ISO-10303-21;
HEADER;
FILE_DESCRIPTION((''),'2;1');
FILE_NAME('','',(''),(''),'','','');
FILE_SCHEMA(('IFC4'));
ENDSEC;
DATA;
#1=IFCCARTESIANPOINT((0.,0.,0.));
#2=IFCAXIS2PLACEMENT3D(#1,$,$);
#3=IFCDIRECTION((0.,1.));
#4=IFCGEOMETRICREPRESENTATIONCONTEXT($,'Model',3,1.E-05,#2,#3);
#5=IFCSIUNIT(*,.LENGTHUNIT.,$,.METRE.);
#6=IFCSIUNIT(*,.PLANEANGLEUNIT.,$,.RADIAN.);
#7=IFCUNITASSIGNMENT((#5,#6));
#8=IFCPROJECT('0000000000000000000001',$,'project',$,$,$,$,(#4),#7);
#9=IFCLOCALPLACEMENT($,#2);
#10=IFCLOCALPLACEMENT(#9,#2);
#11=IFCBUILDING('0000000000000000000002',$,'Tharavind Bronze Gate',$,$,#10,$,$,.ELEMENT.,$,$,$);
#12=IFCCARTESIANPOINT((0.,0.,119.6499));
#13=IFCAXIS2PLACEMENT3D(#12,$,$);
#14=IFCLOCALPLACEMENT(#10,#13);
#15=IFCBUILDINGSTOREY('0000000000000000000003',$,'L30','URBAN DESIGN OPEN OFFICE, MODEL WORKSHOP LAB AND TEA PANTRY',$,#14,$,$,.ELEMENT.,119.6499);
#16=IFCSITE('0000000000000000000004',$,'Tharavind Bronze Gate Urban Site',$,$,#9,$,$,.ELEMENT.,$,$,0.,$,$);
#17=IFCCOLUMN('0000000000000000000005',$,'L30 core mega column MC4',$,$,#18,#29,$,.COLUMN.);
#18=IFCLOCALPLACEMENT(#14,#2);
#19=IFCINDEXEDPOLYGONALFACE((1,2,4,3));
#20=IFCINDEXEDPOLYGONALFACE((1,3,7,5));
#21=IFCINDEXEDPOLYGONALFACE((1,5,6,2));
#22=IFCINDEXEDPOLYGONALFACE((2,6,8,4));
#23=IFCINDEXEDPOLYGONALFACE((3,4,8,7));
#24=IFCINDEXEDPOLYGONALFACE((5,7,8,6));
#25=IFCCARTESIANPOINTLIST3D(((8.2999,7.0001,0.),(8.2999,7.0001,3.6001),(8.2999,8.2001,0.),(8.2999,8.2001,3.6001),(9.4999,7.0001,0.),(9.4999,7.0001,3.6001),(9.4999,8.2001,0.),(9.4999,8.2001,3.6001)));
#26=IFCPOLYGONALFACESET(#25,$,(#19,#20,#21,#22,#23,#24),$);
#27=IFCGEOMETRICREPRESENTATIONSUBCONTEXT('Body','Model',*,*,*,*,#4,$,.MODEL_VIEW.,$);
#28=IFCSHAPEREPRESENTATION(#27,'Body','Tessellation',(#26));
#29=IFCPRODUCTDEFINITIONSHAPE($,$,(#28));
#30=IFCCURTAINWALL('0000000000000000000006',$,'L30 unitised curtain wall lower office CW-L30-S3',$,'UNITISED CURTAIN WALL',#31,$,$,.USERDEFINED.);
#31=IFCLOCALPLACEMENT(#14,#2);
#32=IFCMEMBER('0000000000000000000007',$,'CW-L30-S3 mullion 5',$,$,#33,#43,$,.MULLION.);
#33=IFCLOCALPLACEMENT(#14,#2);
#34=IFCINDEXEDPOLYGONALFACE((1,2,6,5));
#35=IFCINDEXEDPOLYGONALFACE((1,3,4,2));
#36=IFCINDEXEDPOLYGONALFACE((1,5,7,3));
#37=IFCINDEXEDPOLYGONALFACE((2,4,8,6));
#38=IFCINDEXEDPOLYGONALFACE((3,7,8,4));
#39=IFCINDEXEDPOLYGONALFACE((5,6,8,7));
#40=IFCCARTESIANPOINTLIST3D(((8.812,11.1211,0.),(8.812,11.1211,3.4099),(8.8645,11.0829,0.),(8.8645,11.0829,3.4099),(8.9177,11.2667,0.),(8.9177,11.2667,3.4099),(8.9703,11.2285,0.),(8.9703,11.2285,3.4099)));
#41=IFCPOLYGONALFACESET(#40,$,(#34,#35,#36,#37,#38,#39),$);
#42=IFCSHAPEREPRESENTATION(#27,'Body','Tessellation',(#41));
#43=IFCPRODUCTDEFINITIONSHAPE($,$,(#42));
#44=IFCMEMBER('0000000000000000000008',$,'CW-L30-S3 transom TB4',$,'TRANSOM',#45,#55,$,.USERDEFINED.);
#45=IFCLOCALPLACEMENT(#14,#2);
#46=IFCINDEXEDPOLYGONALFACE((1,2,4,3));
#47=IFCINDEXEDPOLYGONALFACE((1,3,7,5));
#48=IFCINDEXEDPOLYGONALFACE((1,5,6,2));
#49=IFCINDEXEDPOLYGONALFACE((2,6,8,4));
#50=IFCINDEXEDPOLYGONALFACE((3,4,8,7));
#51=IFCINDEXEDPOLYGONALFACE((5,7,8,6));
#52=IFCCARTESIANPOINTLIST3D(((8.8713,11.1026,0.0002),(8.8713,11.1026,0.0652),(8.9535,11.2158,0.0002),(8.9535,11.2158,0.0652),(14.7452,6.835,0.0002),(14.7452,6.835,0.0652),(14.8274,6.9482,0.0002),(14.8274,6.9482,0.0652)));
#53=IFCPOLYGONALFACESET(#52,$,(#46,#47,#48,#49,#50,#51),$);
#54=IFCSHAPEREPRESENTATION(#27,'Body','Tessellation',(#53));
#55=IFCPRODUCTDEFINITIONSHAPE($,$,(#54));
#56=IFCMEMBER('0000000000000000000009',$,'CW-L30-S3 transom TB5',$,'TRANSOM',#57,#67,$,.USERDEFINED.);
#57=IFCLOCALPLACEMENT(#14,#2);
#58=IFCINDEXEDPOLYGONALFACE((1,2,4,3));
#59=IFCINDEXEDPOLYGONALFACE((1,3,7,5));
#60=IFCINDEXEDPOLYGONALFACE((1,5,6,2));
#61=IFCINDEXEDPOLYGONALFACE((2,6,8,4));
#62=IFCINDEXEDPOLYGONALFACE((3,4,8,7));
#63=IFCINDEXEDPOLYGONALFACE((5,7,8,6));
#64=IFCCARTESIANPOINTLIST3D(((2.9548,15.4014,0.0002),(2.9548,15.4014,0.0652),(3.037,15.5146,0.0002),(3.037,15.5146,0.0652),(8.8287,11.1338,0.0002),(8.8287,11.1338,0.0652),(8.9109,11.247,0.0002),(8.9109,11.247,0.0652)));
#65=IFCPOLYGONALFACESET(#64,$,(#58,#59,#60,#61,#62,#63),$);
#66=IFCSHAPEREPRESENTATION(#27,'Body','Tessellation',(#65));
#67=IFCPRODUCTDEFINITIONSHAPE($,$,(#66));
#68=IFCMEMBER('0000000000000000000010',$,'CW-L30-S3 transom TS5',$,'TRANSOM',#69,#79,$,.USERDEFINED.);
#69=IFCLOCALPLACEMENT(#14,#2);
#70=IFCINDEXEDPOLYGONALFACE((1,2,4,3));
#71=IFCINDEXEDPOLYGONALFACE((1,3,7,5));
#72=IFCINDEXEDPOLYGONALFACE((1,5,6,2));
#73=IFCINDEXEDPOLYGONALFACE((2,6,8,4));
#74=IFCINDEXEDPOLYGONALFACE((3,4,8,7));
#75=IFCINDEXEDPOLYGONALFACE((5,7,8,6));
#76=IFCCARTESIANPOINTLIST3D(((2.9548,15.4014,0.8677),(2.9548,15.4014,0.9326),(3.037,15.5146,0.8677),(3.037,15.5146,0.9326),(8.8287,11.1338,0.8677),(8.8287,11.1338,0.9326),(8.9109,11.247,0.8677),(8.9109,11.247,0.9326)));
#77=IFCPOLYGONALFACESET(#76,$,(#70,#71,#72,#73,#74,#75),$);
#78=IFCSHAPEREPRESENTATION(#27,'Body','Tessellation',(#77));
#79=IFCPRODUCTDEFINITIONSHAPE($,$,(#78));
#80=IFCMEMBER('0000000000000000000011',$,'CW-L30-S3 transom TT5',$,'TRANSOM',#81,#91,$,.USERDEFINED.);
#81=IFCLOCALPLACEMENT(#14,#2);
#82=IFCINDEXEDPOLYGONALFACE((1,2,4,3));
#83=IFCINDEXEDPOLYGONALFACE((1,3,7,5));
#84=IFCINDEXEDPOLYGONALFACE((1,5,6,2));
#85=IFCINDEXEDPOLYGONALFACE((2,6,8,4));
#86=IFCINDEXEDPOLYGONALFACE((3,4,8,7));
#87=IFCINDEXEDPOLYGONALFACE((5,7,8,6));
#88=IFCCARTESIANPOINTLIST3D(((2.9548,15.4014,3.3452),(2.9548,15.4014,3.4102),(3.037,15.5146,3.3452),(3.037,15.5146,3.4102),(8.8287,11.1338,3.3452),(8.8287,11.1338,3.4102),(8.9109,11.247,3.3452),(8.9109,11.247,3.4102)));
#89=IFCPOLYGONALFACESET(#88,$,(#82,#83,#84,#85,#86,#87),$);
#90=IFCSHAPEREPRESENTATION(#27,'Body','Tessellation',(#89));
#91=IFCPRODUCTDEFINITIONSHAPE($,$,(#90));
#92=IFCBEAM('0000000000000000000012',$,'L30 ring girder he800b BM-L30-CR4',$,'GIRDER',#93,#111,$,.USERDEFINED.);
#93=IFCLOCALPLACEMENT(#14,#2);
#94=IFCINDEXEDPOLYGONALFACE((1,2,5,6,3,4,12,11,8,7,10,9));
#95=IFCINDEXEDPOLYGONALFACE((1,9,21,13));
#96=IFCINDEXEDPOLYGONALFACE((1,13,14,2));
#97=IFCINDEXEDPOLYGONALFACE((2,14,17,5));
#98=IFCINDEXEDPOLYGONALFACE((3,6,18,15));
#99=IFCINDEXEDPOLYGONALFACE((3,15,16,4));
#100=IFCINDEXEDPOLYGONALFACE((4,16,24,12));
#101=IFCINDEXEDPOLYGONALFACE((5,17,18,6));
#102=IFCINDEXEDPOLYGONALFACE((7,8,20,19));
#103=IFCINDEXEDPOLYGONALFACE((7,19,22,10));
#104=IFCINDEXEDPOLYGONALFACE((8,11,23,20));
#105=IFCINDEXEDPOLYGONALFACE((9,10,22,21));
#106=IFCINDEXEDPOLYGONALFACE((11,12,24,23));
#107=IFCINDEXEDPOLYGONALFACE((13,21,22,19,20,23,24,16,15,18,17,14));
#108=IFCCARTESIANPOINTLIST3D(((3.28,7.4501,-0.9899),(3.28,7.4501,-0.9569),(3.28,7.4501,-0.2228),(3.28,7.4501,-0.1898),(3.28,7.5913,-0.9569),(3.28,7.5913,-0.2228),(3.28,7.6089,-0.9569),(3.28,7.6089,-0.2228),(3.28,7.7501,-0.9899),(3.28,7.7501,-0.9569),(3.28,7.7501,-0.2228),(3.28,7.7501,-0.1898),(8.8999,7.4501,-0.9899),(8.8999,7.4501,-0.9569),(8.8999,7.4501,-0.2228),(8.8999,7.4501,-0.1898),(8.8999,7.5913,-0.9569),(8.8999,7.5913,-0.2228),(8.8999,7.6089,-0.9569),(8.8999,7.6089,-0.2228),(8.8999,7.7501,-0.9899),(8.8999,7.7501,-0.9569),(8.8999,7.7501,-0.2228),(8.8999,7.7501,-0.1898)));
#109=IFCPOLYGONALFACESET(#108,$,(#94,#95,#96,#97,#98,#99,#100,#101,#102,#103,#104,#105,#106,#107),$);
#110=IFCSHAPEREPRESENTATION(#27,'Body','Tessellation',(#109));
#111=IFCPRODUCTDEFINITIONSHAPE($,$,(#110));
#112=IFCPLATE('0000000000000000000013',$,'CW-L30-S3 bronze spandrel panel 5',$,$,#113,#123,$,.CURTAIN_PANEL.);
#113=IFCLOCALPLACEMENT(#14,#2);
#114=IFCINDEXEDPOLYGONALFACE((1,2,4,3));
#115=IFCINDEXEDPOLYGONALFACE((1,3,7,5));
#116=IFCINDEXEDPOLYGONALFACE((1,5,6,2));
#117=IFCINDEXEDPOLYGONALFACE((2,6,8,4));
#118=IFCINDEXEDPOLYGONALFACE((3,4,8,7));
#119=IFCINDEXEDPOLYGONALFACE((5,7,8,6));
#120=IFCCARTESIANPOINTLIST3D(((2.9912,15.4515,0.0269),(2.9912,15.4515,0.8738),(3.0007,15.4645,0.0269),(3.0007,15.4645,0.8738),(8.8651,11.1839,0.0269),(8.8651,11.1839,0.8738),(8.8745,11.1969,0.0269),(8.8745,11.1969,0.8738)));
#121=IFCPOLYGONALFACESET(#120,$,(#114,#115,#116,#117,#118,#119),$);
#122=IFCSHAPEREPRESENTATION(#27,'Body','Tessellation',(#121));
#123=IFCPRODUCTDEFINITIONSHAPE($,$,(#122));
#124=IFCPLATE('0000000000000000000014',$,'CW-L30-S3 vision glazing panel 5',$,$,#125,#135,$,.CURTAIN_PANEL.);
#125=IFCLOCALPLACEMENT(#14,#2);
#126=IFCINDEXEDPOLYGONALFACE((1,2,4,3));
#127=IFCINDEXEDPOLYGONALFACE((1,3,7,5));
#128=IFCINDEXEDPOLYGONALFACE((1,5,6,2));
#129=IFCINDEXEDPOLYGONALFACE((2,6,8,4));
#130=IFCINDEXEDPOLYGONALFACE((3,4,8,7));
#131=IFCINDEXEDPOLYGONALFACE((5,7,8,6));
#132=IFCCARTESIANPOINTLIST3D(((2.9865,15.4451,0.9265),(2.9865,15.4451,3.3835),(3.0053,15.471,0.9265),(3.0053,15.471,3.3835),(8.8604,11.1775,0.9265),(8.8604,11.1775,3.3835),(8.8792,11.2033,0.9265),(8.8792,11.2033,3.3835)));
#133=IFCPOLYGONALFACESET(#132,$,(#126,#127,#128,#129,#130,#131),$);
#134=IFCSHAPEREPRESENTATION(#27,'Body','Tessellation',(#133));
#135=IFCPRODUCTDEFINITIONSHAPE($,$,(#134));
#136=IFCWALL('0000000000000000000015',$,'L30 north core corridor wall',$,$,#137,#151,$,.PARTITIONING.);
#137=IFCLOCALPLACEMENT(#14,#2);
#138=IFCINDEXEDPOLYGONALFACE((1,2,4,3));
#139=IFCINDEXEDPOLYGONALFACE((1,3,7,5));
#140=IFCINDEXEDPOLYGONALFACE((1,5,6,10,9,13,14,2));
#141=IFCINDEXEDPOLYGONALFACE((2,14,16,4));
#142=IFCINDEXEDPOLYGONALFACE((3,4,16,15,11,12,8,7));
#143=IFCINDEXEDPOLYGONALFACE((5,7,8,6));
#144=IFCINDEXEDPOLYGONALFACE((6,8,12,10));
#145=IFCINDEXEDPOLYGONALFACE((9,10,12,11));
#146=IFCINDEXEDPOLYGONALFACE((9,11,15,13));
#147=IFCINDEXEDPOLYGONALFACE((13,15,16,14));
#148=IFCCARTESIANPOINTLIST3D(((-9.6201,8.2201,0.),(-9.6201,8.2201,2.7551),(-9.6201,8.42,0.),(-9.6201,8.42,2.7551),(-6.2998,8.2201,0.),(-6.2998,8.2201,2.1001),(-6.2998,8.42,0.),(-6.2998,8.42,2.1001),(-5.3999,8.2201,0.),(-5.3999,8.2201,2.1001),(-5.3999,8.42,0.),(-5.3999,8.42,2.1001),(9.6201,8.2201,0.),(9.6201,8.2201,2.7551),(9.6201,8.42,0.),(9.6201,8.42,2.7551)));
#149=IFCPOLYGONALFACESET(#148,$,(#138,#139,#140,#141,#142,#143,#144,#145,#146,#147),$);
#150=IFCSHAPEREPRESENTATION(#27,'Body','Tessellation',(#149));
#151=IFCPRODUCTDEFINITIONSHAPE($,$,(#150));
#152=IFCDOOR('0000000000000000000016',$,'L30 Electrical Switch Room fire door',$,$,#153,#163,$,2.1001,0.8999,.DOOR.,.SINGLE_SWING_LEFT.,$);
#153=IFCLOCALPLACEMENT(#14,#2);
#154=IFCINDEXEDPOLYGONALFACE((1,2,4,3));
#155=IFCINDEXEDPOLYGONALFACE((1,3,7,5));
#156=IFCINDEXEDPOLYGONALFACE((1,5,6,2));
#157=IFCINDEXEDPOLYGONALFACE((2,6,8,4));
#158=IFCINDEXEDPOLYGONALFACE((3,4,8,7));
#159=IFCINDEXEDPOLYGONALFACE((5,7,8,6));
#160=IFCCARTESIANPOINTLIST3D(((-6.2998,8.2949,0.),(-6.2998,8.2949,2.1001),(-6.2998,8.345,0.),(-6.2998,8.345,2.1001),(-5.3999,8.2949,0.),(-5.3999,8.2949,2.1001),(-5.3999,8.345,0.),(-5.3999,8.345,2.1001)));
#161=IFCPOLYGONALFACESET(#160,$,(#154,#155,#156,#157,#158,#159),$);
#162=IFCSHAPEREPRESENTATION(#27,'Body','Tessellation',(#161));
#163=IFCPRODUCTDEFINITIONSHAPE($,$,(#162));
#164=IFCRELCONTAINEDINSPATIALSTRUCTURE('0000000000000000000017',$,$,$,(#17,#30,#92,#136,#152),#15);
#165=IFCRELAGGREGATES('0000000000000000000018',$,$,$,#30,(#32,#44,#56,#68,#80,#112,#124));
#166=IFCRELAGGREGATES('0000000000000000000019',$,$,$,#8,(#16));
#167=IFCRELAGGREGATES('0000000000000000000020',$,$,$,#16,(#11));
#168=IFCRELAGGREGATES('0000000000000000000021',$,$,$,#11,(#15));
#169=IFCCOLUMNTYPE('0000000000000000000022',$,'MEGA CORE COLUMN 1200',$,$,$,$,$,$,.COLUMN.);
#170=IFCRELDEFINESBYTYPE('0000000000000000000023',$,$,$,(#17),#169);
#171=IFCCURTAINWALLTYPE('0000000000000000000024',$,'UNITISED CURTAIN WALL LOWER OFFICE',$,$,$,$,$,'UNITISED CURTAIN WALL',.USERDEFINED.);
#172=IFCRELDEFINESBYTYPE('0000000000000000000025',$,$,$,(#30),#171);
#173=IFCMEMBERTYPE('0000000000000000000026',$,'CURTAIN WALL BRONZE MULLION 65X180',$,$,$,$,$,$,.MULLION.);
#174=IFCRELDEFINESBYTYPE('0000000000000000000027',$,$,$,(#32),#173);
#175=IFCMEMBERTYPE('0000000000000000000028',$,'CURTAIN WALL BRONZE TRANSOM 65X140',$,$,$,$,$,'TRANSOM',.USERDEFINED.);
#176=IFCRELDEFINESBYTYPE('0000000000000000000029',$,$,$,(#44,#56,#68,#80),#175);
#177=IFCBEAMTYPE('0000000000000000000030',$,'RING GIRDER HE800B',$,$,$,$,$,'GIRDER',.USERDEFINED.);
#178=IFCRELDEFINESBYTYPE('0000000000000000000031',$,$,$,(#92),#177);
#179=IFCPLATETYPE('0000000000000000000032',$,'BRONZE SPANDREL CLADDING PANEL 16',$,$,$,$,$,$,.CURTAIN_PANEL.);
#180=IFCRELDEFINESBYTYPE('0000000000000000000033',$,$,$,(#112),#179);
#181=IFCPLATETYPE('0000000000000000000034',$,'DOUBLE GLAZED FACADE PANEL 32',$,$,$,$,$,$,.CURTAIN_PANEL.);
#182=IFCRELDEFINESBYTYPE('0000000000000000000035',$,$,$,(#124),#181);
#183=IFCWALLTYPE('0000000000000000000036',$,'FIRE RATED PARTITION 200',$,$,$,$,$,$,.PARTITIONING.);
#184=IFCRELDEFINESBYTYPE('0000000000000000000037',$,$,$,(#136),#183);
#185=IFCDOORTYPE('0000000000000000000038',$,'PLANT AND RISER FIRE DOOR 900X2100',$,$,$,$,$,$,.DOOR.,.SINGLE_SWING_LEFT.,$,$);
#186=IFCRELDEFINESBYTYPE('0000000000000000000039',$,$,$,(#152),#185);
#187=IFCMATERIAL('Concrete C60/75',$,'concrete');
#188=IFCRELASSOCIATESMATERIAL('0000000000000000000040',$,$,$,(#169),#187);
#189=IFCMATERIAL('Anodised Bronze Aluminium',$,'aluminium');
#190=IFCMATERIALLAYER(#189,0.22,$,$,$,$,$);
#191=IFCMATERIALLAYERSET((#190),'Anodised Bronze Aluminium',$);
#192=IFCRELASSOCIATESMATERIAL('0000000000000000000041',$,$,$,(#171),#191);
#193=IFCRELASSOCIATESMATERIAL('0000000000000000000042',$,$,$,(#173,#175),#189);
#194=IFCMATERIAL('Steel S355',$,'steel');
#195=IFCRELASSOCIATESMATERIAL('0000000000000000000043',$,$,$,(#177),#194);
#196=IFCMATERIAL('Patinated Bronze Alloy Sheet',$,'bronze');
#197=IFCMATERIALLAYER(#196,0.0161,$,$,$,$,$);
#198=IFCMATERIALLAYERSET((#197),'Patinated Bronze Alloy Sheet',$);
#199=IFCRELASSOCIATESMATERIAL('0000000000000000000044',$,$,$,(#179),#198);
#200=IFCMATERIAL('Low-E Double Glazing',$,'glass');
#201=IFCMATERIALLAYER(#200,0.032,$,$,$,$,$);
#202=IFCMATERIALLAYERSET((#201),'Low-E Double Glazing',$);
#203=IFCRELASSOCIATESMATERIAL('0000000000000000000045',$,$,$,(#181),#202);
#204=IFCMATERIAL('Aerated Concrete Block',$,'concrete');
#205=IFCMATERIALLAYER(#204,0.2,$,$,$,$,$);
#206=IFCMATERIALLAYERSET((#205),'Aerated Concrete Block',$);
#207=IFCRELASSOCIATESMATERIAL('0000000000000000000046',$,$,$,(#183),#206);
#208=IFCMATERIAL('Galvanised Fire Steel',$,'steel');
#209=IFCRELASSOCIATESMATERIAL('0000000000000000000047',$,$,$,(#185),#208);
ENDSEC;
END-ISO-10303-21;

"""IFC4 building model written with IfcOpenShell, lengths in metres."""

from ifc_helpers import new_model, si_unit, direction, frame, frame_2d, origin, origin_2d, place, context, subcontext, project, spatial, rectangle, i_section, extrude, material, layer, layer_set, material_profile, profile_set, type_object, element, fill, aggregate, save


model = new_model("IFC4")

# Units and contexts
model_context = context("Model", 3, precision=1e-05, world=origin(), true_north=direction((0.0, 1.0)))
body_context = subcontext(model_context, "Body", "Model", "MODEL_VIEW")
ifc_project = project(units=[si_unit("LENGTHUNIT", "METRE"), si_unit("PLANEANGLEUNIT", "RADIAN")], contexts=[model_context])

# Site, building, storey
site_placement = place(None, origin())
site = spatial("IfcSite", under=ifc_project, at=site_placement, Name="Tharavind Bronze Gate Urban Site", CompositionType="ELEMENT", RefElevation=0.0)
building_placement = place(site_placement, origin())
building = spatial("IfcBuilding", under=site, at=building_placement, Name="Tharavind Bronze Gate", CompositionType="ELEMENT")
storey_placement = place(building_placement, frame((0.0, 0.0, 119.6499)))
storey = spatial("IfcBuildingStorey", under=building, at=storey_placement, Name="L30", Description="URBAN DESIGN OPEN OFFICE, MODEL WORKSHOP LAB AND TEA PANTRY", CompositionType="ELEMENT", Elevation=119.6499)

# Column
ifc_material_1 = material(Name="Concrete C60/75", Category="concrete")
ifc_material_profile_1 = material_profile(ifc_material_1, rectangle(XDim=1.2, YDim=1.2, at=origin_2d()), Name="RCCOL1200")
ifc_profile_set_1 = profile_set([ifc_material_profile_1], Name="Concrete C60/75")
column_type = type_object("IfcColumnType", Name="MEGA CORE COLUMN 1200", PredefinedType="COLUMN", material=ifc_profile_set_1)
column_placement = place(storey_placement, frame((8.8999, 7.6001, 0.0), z_axis=(0.0, 0.0, 1.0), x_axis=(1.0, 0.0, 0.0)))
element("IfcColumn", 1, at=column_placement, inside=storey, type_object=column_type, Name="L30 core mega column MC4", PredefinedType="COLUMN", context=body_context, shape_type="SweptSolid", body=[
    extrude(rectangle(XDim=1.2, YDim=1.2, at=origin_2d()), origin(), (0.0, 0.0, 1.0), 3.6001),
])

# Curtain wall, members
ifc_material_2 = material(Name="Anodised Bronze Aluminium", Category="aluminium")
ifc_layer_1 = layer(ifc_material_2, 0.22)
ifc_layer_set_1 = layer_set([ifc_layer_1], Name="Anodised Bronze Aluminium")
curtain_wall_type = type_object("IfcCurtainWallType", Name="UNITISED CURTAIN WALL LOWER OFFICE", ElementType="UNITISED CURTAIN WALL", PredefinedType="USERDEFINED", material=ifc_layer_set_1)
curtain_wall_placement = place(storey_placement, origin())
curtain_wall = element("IfcCurtainWall", 2, at=curtain_wall_placement, inside=storey, type_object=curtain_wall_type, Name="L30 unitised curtain wall lower office CW-L30-S3", ObjectType="UNITISED CURTAIN WALL", PredefinedType="USERDEFINED")
member_type_1 = type_object("IfcMemberType", Name="CURTAIN WALL BRONZE MULLION 65X180", PredefinedType="MULLION", material=ifc_material_2)
member_1_placement = place(storey_placement, frame((8.8911, 11.1748, 0.0), z_axis=(0.0, 0.0, 1.0), x_axis=(-0.809017, 0.587785, 0.0)))
member_1 = element("IfcMember", 3, at=member_1_placement, type_object=member_type_1, Name="CW-L30-S3 mullion 5", PredefinedType="MULLION", context=body_context, shape_type="SweptSolid", body=[
    extrude(rectangle(XDim=0.0649, YDim=0.1799, at=origin_2d()), origin(), (0.0, 0.0, 1.0), 3.4099),
])
member_type_2 = type_object("IfcMemberType", Name="CURTAIN WALL BRONZE TRANSOM 65X140", ElementType="TRANSOM", PredefinedType="USERDEFINED", material=ifc_material_2)
member_2_placement = place(storey_placement, frame((11.8494, 9.0254, 0.0002), z_axis=(0.0, 0.0, 1.0), x_axis=(-0.809017, 0.587785, 0.0)))
member_2 = element("IfcMember", 4, at=member_2_placement, type_object=member_type_2, Name="CW-L30-S3 transom TB4", ObjectType="TRANSOM", PredefinedType="USERDEFINED", context=body_context, shape_type="SweptSolid", body=[
    extrude(rectangle(XDim=7.2605, YDim=0.1399, at=origin_2d()), origin(), (0.0, 0.0, 1.0), 0.0649),
])
member_3_placement = place(storey_placement, frame((5.9329, 13.3242, 0.0002), z_axis=(0.0, 0.0, 1.0), x_axis=(-0.809017, 0.587785, 0.0)))
member_3 = element("IfcMember", 5, at=member_3_placement, type_object=member_type_2, Name="CW-L30-S3 transom TB5", ObjectType="TRANSOM", PredefinedType="USERDEFINED", context=body_context, shape_type="SweptSolid", body=[
    extrude(rectangle(XDim=7.2605, YDim=0.1399, at=origin_2d()), origin(), (0.0, 0.0, 1.0), 0.0649),
])
member_4_placement = place(storey_placement, frame((5.9329, 13.3242, 0.8677), z_axis=(0.0, 0.0, 1.0), x_axis=(-0.809017, 0.587785, 0.0)))
member_4 = element("IfcMember", 6, at=member_4_placement, type_object=member_type_2, Name="CW-L30-S3 transom TS5", ObjectType="TRANSOM", PredefinedType="USERDEFINED", context=body_context, shape_type="SweptSolid", body=[
    extrude(rectangle(XDim=7.2605, YDim=0.1399, at=origin_2d()), origin(), (0.0, 0.0, 1.0), 0.0649),
])
member_5_placement = place(storey_placement, frame((5.9329, 13.3242, 3.3452), z_axis=(0.0, 0.0, 1.0), x_axis=(-0.809017, 0.587785, 0.0)))
member_5 = element("IfcMember", 7, at=member_5_placement, type_object=member_type_2, Name="CW-L30-S3 transom TT5", ObjectType="TRANSOM", PredefinedType="USERDEFINED", context=body_context, shape_type="SweptSolid", body=[
    extrude(rectangle(XDim=7.2605, YDim=0.1399, at=origin_2d()), origin(), (0.0, 0.0, 1.0), 0.0649),
])

# Beam
ifc_material_3 = material(Name="Steel S355", Category="steel")
ifc_material_profile_2 = material_profile(ifc_material_3, i_section(OverallWidth=0.3, OverallDepth=0.8, WebThickness=0.0176, FlangeThickness=0.033, at=origin_2d()), Name="HE800B")
ifc_profile_set_2 = profile_set([ifc_material_profile_2], Name="Steel S355")
beam_type = type_object("IfcBeamType", Name="RING GIRDER HE800B", ElementType="GIRDER", PredefinedType="USERDEFINED", material=ifc_profile_set_2)
beam_placement = place(storey_placement, frame((8.8999, 7.6001, -0.5898), z_axis=(-1.0, 0.0, 0.0), x_axis=(0.0, -1.0, 0.0)))
element("IfcBeam", 8, at=beam_placement, inside=storey, type_object=beam_type, Name="L30 ring girder he800b BM-L30-CR4", ObjectType="GIRDER", PredefinedType="USERDEFINED", context=body_context, shape_type="SweptSolid", body=[
    extrude(i_section(OverallWidth=0.3, OverallDepth=0.8, WebThickness=0.0176, FlangeThickness=0.033, at=origin_2d()), origin(), (0.0, 0.0, 1.0), 5.6199),
])

# Plates
ifc_material_4 = material(Name="Patinated Bronze Alloy Sheet", Category="bronze")
ifc_layer_2 = layer(ifc_material_4, 0.0161)
ifc_layer_set_2 = layer_set([ifc_layer_2], Name="Patinated Bronze Alloy Sheet")
plate_type_1 = type_object("IfcPlateType", Name="BRONZE SPANDREL CLADDING PANEL 16", PredefinedType="CURTAIN_PANEL", material=ifc_layer_set_2)
plate_1_placement = place(storey_placement, frame((5.9329, 13.3242, 0.0269), z_axis=(0.0, 0.0, 1.0), x_axis=(-0.809017, 0.587785, 0.0)))
plate_1 = element("IfcPlate", 9, at=plate_1_placement, type_object=plate_type_1, Name="CW-L30-S3 bronze spandrel panel 5", PredefinedType="CURTAIN_PANEL", context=body_context, shape_type="SweptSolid", body=[
    extrude(rectangle(XDim=7.2605, YDim=0.0161, at=origin_2d()), origin(), (0.0, 0.0, 1.0), 0.8469),
])
ifc_material_5 = material(Name="Low-E Double Glazing", Category="glass")
ifc_layer_3 = layer(ifc_material_5, 0.032)
ifc_layer_set_3 = layer_set([ifc_layer_3], Name="Low-E Double Glazing")
plate_type_2 = type_object("IfcPlateType", Name="DOUBLE GLAZED FACADE PANEL 32", PredefinedType="CURTAIN_PANEL", material=ifc_layer_set_3)
plate_2_placement = place(storey_placement, frame((5.9329, 13.3242, 0.9265), z_axis=(0.0, 0.0, 1.0), x_axis=(-0.809017, 0.587785, 0.0)))
plate_2 = element("IfcPlate", 10, at=plate_2_placement, type_object=plate_type_2, Name="CW-L30-S3 vision glazing panel 5", PredefinedType="CURTAIN_PANEL", context=body_context, shape_type="SweptSolid", body=[
    extrude(rectangle(XDim=7.2605, YDim=0.032, at=origin_2d()), origin(), (0.0, 0.0, 1.0), 2.457),
])
aggregate(curtain_wall, [member_1, member_2, member_3, member_4, member_5, plate_1, plate_2])

# Wall, opening, door
ifc_material_6 = material(Name="Aerated Concrete Block", Category="concrete")
ifc_layer_4 = layer(ifc_material_6, 0.2)
ifc_layer_set_4 = layer_set([ifc_layer_4], Name="Aerated Concrete Block")
wall_type_1 = type_object("IfcWallType", Name="FIRE RATED PARTITION 200", PredefinedType="PARTITIONING", material=ifc_layer_set_4)
wall_1_placement = place(storey_placement, frame((9.6201, 8.3201, 0.0), z_axis=(0.0, 0.0, 1.0), x_axis=(-1.0, 0.0, 0.0)))
wall_1 = element("IfcWall", 11, at=wall_1_placement, inside=storey, type_object=wall_type_1, Name="L30 north core corridor wall", PredefinedType="PARTITIONING", context=body_context, shape_type="SweptSolid", body=[
    extrude(rectangle(XDim=19.2402, YDim=0.2, at=frame_2d((9.6201, 0.0))), origin(), (0.0, 0.0, 1.0), 2.7551),
])
opening_1_placement = place(wall_1_placement, frame((15.02, 0.0, 0.0)))
opening_1 = element("IfcOpeningElement", 12, at=opening_1_placement, cuts=wall_1, PredefinedType="OPENING", context=body_context, shape_type="SweptSolid", body=[
    extrude(rectangle(XDim=0.8999, YDim=2.1001, at=frame_2d((0.45, 1.05))), frame((0.0, 0.1101, 0.0), z_axis=(0.0, -1.0, 0.0), x_axis=(1.0, 0.0, 0.0)), (0.0, 0.0, 1.0), 0.22),
])
ifc_material_7 = material(Name="Galvanised Fire Steel", Category="steel")
door_type_1 = type_object("IfcDoorType", Name="PLANT AND RISER FIRE DOOR 900X2100", OperationType="SINGLE_SWING_LEFT", PredefinedType="DOOR", material=ifc_material_7)
door_1_placement = place(opening_1_placement, frame((0.8999, 0.0, 0.0), z_axis=(0.0, 0.0, 1.0), x_axis=(-1.0, 0.0, 0.0)))
door_1 = element("IfcDoor", 13, at=door_1_placement, inside=storey, type_object=door_type_1, Name="L30 Electrical Switch Room fire door", OperationType="SINGLE_SWING_LEFT", OverallHeight=2.1001, OverallWidth=0.8999, PredefinedType="DOOR", context=body_context, shape_type="SweptSolid", body=[
    extrude(rectangle(XDim=0.8999, YDim=2.1001, at=frame_2d((0.45, 1.05))), frame((0.0, 0.0249, 0.0), z_axis=(0.0, -1.0, 0.0), x_axis=(1.0, 0.0, 0.0)), (0.0, 0.0, 1.0), 0.05),
])
fill(opening_1, door_1)

save(model, "model.ifc")
